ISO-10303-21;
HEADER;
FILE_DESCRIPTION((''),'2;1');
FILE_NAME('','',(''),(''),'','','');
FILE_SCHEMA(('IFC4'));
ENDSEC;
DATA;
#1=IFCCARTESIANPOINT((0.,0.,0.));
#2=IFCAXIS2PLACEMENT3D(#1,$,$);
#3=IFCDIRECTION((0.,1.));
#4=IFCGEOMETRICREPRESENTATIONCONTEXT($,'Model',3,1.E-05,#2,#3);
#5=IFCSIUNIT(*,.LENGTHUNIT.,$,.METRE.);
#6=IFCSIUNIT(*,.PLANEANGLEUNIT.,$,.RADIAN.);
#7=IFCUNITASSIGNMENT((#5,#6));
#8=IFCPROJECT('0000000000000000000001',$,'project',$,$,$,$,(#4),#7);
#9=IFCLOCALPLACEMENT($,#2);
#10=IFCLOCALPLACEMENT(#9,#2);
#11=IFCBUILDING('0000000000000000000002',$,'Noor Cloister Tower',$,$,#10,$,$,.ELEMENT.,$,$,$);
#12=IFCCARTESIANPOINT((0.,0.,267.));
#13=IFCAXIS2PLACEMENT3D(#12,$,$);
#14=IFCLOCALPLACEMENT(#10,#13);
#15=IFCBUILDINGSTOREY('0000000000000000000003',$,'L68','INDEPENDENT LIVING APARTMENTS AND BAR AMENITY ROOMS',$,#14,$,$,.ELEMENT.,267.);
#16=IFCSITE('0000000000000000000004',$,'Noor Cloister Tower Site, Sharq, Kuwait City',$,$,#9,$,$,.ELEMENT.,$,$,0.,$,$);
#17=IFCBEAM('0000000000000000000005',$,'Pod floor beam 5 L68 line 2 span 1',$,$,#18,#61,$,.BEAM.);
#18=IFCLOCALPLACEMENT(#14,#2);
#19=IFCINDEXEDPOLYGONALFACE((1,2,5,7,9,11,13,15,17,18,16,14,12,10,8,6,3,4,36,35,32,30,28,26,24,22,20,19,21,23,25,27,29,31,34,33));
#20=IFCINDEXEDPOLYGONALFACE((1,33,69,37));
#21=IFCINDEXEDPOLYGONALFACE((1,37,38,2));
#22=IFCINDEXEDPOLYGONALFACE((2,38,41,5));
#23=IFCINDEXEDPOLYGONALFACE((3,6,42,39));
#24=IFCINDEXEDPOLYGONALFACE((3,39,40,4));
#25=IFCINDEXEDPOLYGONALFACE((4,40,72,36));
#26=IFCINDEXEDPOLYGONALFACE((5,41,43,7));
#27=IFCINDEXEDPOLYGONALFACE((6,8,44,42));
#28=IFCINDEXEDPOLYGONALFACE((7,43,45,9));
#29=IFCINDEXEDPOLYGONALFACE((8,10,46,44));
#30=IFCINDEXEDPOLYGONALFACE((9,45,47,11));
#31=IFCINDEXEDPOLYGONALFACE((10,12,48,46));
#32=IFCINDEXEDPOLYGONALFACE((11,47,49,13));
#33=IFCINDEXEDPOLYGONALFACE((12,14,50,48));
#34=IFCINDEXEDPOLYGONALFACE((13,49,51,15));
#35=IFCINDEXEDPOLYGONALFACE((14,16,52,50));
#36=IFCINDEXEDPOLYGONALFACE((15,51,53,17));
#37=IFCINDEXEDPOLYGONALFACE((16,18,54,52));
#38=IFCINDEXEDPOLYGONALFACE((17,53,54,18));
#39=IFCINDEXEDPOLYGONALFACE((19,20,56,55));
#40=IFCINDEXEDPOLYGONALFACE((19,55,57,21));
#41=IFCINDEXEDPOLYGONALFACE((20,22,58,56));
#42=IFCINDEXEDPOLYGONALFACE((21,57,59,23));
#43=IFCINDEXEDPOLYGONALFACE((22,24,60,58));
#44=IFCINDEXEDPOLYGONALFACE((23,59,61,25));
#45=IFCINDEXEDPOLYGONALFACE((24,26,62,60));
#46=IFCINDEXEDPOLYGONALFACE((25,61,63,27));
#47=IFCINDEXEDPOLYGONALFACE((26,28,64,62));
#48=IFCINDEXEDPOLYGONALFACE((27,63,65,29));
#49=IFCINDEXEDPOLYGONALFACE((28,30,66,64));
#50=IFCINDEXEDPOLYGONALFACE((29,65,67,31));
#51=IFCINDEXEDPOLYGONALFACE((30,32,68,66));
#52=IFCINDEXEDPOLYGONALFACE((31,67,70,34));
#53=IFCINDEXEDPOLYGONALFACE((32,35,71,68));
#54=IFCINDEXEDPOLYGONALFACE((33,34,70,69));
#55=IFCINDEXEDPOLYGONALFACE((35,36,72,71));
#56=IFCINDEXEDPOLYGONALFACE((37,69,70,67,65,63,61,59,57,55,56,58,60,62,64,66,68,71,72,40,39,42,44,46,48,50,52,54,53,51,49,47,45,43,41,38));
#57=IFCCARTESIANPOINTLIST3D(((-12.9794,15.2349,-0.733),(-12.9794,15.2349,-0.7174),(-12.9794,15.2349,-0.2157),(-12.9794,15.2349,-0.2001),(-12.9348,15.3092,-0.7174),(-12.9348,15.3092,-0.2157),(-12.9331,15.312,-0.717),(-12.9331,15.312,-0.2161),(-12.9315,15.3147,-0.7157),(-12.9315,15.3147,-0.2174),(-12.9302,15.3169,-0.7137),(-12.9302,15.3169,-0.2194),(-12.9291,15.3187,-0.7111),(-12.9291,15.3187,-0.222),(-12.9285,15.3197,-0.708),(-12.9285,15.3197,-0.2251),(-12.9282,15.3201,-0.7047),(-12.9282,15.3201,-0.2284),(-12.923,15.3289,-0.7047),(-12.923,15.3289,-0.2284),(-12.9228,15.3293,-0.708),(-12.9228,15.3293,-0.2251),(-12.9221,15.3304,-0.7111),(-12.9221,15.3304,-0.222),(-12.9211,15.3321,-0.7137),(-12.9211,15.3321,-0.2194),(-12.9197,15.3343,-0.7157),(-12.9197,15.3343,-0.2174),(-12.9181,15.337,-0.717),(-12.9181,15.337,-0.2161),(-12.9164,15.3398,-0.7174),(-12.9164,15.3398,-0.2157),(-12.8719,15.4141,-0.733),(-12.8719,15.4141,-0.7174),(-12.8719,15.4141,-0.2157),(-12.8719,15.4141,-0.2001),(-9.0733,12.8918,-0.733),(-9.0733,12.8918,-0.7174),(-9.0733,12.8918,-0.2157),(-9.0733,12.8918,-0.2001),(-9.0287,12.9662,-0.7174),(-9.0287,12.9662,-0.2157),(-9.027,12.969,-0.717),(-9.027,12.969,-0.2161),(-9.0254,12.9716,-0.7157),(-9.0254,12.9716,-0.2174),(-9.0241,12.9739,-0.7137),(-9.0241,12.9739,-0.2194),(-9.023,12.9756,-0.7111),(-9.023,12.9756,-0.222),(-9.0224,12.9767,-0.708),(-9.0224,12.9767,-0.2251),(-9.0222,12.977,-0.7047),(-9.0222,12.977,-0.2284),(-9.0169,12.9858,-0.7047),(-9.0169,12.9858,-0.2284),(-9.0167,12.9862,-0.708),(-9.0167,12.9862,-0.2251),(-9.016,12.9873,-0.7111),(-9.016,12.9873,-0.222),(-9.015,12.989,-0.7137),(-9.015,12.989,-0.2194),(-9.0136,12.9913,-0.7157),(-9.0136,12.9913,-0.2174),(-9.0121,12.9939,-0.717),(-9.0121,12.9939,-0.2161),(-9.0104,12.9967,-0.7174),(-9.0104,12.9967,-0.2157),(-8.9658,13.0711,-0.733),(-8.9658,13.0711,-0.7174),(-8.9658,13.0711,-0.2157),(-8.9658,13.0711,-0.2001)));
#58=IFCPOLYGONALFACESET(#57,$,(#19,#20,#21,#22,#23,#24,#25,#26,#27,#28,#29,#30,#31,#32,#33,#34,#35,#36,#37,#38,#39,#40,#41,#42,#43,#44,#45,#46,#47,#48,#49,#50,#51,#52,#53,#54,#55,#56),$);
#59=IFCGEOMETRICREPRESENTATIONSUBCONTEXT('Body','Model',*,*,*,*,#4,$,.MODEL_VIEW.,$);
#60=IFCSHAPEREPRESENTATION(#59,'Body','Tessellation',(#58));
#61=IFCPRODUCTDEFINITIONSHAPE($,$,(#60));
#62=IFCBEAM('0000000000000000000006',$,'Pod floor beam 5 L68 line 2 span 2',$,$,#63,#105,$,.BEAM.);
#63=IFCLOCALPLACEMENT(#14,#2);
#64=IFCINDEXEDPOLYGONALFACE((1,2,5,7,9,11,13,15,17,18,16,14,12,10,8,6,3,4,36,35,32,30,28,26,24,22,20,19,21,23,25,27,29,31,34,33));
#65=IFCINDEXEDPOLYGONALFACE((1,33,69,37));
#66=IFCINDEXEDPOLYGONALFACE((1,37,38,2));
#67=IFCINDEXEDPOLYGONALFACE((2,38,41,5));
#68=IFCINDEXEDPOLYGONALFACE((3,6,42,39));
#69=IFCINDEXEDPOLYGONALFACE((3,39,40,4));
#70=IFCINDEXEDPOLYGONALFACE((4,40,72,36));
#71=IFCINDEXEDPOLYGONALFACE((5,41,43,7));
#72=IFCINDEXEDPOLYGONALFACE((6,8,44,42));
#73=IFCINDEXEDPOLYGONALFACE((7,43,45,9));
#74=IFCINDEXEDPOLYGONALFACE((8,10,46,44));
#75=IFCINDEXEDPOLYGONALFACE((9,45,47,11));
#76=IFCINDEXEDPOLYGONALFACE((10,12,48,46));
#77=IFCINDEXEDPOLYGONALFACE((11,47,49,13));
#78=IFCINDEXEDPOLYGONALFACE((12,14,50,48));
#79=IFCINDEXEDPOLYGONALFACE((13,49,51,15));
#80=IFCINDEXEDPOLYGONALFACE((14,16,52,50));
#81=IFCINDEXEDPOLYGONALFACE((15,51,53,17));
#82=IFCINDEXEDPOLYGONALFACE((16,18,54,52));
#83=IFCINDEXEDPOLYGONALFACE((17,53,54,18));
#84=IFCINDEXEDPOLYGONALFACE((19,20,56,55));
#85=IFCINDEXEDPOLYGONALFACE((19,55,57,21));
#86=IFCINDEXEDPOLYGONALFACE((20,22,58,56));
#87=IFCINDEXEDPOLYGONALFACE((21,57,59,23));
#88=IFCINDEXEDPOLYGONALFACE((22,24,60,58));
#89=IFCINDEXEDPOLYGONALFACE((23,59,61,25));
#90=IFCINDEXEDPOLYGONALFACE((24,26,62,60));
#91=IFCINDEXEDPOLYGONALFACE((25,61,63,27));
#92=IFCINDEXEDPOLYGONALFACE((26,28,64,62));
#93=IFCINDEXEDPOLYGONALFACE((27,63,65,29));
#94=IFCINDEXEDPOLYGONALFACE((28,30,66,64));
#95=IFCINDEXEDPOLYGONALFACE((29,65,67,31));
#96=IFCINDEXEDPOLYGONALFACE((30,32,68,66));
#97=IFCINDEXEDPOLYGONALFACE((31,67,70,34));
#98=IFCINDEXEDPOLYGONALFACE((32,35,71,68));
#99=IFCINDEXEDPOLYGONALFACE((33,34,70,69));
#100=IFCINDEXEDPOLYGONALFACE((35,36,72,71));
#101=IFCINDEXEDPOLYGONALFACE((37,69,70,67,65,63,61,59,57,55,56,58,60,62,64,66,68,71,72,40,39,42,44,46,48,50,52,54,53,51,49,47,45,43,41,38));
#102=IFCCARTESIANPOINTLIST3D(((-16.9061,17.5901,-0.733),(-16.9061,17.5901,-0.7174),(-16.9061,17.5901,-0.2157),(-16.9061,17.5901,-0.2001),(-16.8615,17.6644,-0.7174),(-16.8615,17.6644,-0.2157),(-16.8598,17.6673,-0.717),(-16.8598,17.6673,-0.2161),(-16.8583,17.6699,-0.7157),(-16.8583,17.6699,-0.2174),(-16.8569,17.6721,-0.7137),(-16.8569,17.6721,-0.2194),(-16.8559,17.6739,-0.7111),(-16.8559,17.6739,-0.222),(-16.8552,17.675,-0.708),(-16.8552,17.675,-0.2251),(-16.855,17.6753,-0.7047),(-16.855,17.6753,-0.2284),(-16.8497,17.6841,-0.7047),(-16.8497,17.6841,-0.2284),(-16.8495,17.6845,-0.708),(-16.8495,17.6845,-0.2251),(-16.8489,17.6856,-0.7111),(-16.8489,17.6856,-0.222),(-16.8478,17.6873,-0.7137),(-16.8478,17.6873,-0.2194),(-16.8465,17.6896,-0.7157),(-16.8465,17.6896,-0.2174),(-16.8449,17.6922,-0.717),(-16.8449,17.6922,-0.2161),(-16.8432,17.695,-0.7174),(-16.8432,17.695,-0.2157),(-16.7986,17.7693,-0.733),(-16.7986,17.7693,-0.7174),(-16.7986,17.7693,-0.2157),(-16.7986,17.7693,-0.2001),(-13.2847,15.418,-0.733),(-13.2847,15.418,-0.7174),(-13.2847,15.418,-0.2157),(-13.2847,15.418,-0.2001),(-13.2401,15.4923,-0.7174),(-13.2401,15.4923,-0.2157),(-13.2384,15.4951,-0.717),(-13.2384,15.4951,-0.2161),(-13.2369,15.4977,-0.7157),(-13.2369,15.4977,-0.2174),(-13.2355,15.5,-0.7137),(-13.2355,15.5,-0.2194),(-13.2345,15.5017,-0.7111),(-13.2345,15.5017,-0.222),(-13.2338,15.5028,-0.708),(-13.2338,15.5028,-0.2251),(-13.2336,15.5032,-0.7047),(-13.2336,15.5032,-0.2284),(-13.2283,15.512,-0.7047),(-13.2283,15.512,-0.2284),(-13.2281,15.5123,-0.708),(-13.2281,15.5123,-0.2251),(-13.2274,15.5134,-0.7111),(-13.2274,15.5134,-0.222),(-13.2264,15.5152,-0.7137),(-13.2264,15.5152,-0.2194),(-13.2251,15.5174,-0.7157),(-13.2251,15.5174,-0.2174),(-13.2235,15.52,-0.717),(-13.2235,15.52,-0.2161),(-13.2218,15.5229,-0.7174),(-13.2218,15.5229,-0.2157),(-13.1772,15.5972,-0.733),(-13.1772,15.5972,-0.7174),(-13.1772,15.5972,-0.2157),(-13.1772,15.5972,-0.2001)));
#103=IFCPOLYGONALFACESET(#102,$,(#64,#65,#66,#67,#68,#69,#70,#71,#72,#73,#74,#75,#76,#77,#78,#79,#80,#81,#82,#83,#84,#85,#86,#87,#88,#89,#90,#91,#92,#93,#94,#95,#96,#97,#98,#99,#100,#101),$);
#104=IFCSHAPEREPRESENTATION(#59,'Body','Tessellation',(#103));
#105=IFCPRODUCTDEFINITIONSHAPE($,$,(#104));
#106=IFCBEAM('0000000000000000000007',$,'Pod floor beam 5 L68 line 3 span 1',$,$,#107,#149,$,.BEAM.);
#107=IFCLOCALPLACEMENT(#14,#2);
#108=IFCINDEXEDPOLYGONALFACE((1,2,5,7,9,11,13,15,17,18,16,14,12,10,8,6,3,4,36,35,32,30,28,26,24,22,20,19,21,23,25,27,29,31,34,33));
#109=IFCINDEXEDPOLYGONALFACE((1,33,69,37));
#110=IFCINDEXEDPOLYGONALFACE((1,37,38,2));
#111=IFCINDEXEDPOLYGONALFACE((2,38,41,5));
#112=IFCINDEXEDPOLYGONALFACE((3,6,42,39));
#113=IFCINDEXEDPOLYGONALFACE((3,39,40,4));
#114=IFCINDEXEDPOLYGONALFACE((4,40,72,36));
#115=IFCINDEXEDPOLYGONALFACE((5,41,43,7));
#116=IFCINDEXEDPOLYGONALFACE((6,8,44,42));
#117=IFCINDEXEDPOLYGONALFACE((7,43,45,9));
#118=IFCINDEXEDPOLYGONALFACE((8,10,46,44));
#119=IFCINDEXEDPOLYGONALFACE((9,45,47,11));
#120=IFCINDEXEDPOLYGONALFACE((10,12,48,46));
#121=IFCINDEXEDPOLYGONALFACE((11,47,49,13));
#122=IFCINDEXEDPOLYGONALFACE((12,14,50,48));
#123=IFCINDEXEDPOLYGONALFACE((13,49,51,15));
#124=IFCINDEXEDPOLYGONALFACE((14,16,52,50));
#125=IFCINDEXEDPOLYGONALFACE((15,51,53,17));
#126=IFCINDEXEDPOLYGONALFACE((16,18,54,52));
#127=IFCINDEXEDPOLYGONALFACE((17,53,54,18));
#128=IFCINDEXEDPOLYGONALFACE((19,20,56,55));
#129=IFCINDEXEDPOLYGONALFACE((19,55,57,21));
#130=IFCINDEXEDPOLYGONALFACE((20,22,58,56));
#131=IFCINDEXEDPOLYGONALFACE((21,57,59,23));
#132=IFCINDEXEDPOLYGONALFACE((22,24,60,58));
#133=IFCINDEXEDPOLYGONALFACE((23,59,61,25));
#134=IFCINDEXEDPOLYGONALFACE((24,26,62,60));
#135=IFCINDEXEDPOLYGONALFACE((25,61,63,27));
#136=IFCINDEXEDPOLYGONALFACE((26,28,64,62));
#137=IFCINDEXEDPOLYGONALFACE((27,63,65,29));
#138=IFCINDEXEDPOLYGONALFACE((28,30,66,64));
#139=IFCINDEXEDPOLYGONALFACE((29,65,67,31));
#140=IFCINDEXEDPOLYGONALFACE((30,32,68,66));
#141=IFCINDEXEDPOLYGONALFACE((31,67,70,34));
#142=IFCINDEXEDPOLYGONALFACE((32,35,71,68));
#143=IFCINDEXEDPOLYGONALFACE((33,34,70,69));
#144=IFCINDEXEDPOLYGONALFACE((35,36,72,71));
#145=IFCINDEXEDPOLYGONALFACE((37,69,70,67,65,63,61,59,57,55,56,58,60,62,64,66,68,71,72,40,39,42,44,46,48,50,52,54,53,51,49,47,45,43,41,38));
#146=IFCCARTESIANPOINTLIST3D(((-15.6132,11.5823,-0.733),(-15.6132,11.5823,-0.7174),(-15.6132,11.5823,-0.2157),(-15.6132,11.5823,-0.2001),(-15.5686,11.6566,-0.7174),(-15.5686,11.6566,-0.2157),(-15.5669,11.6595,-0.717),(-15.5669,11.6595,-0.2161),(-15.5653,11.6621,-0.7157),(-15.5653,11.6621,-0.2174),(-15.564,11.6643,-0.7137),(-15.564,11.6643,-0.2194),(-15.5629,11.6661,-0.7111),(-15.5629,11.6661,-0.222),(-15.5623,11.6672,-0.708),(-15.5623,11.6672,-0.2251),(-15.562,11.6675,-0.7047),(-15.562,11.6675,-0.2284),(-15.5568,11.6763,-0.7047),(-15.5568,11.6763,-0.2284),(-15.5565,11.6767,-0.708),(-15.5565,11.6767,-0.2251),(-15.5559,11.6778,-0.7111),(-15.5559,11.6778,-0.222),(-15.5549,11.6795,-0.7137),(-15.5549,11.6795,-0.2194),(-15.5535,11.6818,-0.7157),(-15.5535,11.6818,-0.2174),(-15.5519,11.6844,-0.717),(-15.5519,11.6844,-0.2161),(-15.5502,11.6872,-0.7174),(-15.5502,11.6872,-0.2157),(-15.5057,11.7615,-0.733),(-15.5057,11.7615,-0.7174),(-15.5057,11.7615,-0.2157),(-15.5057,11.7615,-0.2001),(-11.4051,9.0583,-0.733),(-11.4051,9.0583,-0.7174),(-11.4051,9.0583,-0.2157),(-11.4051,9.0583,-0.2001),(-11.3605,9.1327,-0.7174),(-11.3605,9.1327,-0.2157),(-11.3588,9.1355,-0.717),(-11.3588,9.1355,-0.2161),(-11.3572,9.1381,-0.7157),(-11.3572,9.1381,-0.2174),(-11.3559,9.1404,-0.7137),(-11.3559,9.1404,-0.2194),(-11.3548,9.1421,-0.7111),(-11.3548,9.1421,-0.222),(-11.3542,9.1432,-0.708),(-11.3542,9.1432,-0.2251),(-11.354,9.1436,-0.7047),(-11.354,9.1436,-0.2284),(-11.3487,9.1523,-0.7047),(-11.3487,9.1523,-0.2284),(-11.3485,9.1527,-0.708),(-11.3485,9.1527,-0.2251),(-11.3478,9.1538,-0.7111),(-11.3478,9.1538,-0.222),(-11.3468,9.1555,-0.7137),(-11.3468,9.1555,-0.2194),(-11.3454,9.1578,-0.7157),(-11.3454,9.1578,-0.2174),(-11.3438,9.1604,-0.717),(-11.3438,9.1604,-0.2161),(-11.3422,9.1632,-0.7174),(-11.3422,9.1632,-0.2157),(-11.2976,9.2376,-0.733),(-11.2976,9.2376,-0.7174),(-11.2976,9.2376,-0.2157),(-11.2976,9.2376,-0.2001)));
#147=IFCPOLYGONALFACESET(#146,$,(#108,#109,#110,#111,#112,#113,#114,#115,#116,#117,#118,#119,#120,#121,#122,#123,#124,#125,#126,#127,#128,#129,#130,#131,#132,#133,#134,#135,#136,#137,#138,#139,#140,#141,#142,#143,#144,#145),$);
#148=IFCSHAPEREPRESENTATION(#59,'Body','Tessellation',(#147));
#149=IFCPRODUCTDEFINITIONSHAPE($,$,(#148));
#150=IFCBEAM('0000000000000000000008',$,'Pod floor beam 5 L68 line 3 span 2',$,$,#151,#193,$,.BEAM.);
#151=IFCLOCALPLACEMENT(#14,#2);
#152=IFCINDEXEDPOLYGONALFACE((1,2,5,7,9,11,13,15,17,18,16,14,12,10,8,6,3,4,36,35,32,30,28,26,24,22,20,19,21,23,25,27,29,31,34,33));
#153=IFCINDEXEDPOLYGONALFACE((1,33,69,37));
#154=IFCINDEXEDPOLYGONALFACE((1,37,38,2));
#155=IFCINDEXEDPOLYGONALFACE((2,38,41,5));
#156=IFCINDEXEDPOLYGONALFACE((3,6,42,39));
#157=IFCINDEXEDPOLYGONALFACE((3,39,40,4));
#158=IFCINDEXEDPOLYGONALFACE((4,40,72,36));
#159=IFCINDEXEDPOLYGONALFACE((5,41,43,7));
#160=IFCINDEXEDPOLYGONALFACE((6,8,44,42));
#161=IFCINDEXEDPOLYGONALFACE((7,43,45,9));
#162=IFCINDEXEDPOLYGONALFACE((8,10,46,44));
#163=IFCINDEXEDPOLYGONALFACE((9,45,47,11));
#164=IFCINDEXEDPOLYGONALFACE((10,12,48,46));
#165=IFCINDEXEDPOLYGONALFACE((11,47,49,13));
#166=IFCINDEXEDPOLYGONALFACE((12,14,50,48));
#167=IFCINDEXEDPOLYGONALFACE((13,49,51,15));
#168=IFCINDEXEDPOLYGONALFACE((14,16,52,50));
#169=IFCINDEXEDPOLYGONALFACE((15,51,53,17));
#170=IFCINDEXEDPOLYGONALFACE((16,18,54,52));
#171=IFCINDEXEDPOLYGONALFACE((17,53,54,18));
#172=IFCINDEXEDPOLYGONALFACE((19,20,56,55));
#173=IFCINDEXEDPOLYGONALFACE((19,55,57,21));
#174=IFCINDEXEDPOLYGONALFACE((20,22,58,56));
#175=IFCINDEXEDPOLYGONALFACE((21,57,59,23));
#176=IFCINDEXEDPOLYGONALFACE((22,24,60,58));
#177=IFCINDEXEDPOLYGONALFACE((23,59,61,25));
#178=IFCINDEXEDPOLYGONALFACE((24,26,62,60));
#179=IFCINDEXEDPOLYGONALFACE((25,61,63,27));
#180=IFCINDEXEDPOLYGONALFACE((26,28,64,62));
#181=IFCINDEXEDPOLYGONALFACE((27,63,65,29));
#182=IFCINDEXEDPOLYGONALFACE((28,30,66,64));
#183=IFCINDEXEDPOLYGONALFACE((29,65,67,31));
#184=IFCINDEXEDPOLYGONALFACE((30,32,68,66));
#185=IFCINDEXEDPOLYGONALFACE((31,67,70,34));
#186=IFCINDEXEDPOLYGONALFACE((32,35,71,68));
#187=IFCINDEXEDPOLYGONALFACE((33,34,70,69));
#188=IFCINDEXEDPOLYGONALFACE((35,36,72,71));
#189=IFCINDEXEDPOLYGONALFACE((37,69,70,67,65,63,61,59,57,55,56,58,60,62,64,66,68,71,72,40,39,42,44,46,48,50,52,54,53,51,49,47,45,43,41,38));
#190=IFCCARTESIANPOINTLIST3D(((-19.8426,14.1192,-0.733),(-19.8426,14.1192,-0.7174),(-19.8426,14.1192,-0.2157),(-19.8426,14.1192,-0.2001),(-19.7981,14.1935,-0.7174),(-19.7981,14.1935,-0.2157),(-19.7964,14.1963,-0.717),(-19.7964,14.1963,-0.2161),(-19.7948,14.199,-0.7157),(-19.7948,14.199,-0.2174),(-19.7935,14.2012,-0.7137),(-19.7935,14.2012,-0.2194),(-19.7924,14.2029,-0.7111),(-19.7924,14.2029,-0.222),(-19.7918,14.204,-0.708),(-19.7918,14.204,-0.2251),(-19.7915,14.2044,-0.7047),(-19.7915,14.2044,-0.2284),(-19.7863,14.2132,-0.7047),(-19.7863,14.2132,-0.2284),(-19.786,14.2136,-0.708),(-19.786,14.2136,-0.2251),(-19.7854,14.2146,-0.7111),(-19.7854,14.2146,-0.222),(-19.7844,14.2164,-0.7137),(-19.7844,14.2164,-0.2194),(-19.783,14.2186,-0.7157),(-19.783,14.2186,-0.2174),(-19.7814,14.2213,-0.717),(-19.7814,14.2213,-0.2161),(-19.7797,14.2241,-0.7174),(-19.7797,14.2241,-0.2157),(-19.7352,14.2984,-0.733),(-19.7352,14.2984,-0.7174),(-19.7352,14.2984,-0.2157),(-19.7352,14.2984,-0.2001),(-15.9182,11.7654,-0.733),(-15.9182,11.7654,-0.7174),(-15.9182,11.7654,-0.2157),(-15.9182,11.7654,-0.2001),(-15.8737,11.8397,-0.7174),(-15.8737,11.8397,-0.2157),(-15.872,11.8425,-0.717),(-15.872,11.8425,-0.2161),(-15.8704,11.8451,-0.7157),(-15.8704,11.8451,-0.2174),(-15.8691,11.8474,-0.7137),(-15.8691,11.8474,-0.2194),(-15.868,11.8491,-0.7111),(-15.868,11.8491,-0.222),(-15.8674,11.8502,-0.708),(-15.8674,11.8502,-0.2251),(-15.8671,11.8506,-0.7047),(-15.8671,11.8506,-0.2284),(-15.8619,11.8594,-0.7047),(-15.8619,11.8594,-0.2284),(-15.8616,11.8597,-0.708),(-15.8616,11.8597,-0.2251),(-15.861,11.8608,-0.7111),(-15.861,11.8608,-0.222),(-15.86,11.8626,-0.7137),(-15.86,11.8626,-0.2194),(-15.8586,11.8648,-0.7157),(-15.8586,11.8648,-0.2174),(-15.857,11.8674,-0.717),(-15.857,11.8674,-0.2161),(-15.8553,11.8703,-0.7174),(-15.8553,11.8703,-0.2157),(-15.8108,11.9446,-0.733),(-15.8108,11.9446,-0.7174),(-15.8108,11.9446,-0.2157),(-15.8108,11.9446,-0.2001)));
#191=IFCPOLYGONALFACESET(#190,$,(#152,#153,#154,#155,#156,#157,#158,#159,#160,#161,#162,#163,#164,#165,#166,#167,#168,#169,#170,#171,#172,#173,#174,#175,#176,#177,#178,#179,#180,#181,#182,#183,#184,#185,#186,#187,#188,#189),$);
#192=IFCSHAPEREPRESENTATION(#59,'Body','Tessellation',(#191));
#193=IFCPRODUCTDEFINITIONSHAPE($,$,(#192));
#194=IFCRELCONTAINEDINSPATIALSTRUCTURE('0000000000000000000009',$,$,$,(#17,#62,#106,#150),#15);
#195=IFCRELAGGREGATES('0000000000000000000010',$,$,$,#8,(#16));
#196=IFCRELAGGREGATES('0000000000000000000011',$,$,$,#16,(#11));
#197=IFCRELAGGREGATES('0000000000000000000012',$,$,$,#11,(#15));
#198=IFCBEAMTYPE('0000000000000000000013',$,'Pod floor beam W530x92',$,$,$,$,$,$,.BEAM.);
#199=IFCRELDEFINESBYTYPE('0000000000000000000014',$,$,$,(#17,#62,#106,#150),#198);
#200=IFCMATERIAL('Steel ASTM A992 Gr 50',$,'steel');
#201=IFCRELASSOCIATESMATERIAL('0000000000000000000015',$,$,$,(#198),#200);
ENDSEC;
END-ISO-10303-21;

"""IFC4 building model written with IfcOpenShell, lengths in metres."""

from ifc_helpers import new_model, si_unit, direction, frame, origin, origin_2d, place, context, subcontext, project, spatial, i_section, extrude, material, material_profile, profile_set, type_object, element, save


model = new_model("IFC4")

# Units and contexts
model_context = context("Model", 3, precision=1e-05, world=origin(), true_north=direction((0.0, 1.0)))
body_context = subcontext(model_context, "Body", "Model", "MODEL_VIEW")
ifc_project = project(units=[si_unit("LENGTHUNIT", "METRE"), si_unit("PLANEANGLEUNIT", "RADIAN")], contexts=[model_context])

# Site, building, storey
site_placement = place(None, origin())
site = spatial("IfcSite", under=ifc_project, at=site_placement, Name="Noor Cloister Tower Site, Sharq, Kuwait City", CompositionType="ELEMENT", RefElevation=0.0)
building_placement = place(site_placement, origin())
building = spatial("IfcBuilding", under=site, at=building_placement, Name="Noor Cloister Tower", CompositionType="ELEMENT")
storey_placement = place(building_placement, frame((0.0, 0.0, 267.0)))
storey = spatial("IfcBuildingStorey", under=building, at=storey_placement, Name="L68", Description="INDEPENDENT LIVING APARTMENTS AND BAR AMENITY ROOMS", CompositionType="ELEMENT", Elevation=267.0)

# Beams
ifc_material_1 = material(Name="Steel ASTM A992 Gr 50", Category="steel")
ifc_material_profile_1 = material_profile(ifc_material_1, i_section(OverallWidth=0.209, OverallDepth=0.533, WebThickness=0.0103, FlangeThickness=0.0156, FilletRadius=0.0127, at=origin_2d()), Name="W530x92")
ifc_profile_set_1 = profile_set([ifc_material_profile_1], Name="Steel ASTM A992 Gr 50")
beam_type_1 = type_object("IfcBeamType", Name="Pod floor beam W530x92", PredefinedType="BEAM", material=ifc_profile_set_1)
beam_1_placement = place(storey_placement, frame((-9.0195, 12.9814, -0.4666), z_axis=(-0.85755, 0.514401, 0.0), x_axis=(-0.514401, -0.85755, 0.0)))
element("IfcBeam", 1, at=beam_1_placement, inside=storey, type_object=beam_type_1, Name="Pod floor beam 5 L68 line 2 span 1", PredefinedType="BEAM", context=body_context, shape_type="SweptSolid", body=[
    extrude(i_section(OverallWidth=0.209, OverallDepth=0.533, WebThickness=0.0103, FlangeThickness=0.0156, FilletRadius=0.0127, at=origin_2d()), origin(), (0.0, 0.0, 1.0), 4.5549),
])
beam_2_placement = place(storey_placement, frame((-13.231, 15.5076, -0.4666), z_axis=(-0.857564, 0.514377, 0.0), x_axis=(-0.514377, -0.857564, 0.0)))
element("IfcBeam", 2, at=beam_2_placement, inside=storey, type_object=beam_type_1, Name="Pod floor beam 5 L68 line 2 span 2", PredefinedType="BEAM", context=body_context, shape_type="SweptSolid", body=[
    extrude(i_section(OverallWidth=0.209, OverallDepth=0.533, WebThickness=0.0103, FlangeThickness=0.0156, FilletRadius=0.0127, at=origin_2d()), origin(), (0.0, 0.0, 1.0), 4.2229),
])
beam_3_placement = place(storey_placement, frame((-11.3513, 9.1479, -0.4666), z_axis=(-0.857572, 0.514364, 0.0), x_axis=(-0.514364, -0.857572, 0.0)))
element("IfcBeam", 3, at=beam_3_placement, inside=storey, type_object=beam_type_1, Name="Pod floor beam 5 L68 line 3 span 1", PredefinedType="BEAM", context=body_context, shape_type="SweptSolid", body=[
    extrude(i_section(OverallWidth=0.209, OverallDepth=0.533, WebThickness=0.0103, FlangeThickness=0.0156, FilletRadius=0.0127, at=origin_2d()), origin(), (0.0, 0.0, 1.0), 4.907),
])
beam_4_placement = place(storey_placement, frame((-15.8645, 11.855, -0.4666), z_axis=(-0.857573, 0.514362, 0.0), x_axis=(-0.514362, -0.857573, 0.0)))
element("IfcBeam", 4, at=beam_4_placement, inside=storey, type_object=beam_type_1, Name="Pod floor beam 5 L68 line 3 span 2", PredefinedType="BEAM", context=body_context, shape_type="SweptSolid", body=[
    extrude(i_section(OverallWidth=0.209, OverallDepth=0.533, WebThickness=0.0103, FlangeThickness=0.0156, FilletRadius=0.0127, at=origin_2d()), origin(), (0.0, 0.0, 1.0), 4.5762),
])

save(model, "model.ifc")
